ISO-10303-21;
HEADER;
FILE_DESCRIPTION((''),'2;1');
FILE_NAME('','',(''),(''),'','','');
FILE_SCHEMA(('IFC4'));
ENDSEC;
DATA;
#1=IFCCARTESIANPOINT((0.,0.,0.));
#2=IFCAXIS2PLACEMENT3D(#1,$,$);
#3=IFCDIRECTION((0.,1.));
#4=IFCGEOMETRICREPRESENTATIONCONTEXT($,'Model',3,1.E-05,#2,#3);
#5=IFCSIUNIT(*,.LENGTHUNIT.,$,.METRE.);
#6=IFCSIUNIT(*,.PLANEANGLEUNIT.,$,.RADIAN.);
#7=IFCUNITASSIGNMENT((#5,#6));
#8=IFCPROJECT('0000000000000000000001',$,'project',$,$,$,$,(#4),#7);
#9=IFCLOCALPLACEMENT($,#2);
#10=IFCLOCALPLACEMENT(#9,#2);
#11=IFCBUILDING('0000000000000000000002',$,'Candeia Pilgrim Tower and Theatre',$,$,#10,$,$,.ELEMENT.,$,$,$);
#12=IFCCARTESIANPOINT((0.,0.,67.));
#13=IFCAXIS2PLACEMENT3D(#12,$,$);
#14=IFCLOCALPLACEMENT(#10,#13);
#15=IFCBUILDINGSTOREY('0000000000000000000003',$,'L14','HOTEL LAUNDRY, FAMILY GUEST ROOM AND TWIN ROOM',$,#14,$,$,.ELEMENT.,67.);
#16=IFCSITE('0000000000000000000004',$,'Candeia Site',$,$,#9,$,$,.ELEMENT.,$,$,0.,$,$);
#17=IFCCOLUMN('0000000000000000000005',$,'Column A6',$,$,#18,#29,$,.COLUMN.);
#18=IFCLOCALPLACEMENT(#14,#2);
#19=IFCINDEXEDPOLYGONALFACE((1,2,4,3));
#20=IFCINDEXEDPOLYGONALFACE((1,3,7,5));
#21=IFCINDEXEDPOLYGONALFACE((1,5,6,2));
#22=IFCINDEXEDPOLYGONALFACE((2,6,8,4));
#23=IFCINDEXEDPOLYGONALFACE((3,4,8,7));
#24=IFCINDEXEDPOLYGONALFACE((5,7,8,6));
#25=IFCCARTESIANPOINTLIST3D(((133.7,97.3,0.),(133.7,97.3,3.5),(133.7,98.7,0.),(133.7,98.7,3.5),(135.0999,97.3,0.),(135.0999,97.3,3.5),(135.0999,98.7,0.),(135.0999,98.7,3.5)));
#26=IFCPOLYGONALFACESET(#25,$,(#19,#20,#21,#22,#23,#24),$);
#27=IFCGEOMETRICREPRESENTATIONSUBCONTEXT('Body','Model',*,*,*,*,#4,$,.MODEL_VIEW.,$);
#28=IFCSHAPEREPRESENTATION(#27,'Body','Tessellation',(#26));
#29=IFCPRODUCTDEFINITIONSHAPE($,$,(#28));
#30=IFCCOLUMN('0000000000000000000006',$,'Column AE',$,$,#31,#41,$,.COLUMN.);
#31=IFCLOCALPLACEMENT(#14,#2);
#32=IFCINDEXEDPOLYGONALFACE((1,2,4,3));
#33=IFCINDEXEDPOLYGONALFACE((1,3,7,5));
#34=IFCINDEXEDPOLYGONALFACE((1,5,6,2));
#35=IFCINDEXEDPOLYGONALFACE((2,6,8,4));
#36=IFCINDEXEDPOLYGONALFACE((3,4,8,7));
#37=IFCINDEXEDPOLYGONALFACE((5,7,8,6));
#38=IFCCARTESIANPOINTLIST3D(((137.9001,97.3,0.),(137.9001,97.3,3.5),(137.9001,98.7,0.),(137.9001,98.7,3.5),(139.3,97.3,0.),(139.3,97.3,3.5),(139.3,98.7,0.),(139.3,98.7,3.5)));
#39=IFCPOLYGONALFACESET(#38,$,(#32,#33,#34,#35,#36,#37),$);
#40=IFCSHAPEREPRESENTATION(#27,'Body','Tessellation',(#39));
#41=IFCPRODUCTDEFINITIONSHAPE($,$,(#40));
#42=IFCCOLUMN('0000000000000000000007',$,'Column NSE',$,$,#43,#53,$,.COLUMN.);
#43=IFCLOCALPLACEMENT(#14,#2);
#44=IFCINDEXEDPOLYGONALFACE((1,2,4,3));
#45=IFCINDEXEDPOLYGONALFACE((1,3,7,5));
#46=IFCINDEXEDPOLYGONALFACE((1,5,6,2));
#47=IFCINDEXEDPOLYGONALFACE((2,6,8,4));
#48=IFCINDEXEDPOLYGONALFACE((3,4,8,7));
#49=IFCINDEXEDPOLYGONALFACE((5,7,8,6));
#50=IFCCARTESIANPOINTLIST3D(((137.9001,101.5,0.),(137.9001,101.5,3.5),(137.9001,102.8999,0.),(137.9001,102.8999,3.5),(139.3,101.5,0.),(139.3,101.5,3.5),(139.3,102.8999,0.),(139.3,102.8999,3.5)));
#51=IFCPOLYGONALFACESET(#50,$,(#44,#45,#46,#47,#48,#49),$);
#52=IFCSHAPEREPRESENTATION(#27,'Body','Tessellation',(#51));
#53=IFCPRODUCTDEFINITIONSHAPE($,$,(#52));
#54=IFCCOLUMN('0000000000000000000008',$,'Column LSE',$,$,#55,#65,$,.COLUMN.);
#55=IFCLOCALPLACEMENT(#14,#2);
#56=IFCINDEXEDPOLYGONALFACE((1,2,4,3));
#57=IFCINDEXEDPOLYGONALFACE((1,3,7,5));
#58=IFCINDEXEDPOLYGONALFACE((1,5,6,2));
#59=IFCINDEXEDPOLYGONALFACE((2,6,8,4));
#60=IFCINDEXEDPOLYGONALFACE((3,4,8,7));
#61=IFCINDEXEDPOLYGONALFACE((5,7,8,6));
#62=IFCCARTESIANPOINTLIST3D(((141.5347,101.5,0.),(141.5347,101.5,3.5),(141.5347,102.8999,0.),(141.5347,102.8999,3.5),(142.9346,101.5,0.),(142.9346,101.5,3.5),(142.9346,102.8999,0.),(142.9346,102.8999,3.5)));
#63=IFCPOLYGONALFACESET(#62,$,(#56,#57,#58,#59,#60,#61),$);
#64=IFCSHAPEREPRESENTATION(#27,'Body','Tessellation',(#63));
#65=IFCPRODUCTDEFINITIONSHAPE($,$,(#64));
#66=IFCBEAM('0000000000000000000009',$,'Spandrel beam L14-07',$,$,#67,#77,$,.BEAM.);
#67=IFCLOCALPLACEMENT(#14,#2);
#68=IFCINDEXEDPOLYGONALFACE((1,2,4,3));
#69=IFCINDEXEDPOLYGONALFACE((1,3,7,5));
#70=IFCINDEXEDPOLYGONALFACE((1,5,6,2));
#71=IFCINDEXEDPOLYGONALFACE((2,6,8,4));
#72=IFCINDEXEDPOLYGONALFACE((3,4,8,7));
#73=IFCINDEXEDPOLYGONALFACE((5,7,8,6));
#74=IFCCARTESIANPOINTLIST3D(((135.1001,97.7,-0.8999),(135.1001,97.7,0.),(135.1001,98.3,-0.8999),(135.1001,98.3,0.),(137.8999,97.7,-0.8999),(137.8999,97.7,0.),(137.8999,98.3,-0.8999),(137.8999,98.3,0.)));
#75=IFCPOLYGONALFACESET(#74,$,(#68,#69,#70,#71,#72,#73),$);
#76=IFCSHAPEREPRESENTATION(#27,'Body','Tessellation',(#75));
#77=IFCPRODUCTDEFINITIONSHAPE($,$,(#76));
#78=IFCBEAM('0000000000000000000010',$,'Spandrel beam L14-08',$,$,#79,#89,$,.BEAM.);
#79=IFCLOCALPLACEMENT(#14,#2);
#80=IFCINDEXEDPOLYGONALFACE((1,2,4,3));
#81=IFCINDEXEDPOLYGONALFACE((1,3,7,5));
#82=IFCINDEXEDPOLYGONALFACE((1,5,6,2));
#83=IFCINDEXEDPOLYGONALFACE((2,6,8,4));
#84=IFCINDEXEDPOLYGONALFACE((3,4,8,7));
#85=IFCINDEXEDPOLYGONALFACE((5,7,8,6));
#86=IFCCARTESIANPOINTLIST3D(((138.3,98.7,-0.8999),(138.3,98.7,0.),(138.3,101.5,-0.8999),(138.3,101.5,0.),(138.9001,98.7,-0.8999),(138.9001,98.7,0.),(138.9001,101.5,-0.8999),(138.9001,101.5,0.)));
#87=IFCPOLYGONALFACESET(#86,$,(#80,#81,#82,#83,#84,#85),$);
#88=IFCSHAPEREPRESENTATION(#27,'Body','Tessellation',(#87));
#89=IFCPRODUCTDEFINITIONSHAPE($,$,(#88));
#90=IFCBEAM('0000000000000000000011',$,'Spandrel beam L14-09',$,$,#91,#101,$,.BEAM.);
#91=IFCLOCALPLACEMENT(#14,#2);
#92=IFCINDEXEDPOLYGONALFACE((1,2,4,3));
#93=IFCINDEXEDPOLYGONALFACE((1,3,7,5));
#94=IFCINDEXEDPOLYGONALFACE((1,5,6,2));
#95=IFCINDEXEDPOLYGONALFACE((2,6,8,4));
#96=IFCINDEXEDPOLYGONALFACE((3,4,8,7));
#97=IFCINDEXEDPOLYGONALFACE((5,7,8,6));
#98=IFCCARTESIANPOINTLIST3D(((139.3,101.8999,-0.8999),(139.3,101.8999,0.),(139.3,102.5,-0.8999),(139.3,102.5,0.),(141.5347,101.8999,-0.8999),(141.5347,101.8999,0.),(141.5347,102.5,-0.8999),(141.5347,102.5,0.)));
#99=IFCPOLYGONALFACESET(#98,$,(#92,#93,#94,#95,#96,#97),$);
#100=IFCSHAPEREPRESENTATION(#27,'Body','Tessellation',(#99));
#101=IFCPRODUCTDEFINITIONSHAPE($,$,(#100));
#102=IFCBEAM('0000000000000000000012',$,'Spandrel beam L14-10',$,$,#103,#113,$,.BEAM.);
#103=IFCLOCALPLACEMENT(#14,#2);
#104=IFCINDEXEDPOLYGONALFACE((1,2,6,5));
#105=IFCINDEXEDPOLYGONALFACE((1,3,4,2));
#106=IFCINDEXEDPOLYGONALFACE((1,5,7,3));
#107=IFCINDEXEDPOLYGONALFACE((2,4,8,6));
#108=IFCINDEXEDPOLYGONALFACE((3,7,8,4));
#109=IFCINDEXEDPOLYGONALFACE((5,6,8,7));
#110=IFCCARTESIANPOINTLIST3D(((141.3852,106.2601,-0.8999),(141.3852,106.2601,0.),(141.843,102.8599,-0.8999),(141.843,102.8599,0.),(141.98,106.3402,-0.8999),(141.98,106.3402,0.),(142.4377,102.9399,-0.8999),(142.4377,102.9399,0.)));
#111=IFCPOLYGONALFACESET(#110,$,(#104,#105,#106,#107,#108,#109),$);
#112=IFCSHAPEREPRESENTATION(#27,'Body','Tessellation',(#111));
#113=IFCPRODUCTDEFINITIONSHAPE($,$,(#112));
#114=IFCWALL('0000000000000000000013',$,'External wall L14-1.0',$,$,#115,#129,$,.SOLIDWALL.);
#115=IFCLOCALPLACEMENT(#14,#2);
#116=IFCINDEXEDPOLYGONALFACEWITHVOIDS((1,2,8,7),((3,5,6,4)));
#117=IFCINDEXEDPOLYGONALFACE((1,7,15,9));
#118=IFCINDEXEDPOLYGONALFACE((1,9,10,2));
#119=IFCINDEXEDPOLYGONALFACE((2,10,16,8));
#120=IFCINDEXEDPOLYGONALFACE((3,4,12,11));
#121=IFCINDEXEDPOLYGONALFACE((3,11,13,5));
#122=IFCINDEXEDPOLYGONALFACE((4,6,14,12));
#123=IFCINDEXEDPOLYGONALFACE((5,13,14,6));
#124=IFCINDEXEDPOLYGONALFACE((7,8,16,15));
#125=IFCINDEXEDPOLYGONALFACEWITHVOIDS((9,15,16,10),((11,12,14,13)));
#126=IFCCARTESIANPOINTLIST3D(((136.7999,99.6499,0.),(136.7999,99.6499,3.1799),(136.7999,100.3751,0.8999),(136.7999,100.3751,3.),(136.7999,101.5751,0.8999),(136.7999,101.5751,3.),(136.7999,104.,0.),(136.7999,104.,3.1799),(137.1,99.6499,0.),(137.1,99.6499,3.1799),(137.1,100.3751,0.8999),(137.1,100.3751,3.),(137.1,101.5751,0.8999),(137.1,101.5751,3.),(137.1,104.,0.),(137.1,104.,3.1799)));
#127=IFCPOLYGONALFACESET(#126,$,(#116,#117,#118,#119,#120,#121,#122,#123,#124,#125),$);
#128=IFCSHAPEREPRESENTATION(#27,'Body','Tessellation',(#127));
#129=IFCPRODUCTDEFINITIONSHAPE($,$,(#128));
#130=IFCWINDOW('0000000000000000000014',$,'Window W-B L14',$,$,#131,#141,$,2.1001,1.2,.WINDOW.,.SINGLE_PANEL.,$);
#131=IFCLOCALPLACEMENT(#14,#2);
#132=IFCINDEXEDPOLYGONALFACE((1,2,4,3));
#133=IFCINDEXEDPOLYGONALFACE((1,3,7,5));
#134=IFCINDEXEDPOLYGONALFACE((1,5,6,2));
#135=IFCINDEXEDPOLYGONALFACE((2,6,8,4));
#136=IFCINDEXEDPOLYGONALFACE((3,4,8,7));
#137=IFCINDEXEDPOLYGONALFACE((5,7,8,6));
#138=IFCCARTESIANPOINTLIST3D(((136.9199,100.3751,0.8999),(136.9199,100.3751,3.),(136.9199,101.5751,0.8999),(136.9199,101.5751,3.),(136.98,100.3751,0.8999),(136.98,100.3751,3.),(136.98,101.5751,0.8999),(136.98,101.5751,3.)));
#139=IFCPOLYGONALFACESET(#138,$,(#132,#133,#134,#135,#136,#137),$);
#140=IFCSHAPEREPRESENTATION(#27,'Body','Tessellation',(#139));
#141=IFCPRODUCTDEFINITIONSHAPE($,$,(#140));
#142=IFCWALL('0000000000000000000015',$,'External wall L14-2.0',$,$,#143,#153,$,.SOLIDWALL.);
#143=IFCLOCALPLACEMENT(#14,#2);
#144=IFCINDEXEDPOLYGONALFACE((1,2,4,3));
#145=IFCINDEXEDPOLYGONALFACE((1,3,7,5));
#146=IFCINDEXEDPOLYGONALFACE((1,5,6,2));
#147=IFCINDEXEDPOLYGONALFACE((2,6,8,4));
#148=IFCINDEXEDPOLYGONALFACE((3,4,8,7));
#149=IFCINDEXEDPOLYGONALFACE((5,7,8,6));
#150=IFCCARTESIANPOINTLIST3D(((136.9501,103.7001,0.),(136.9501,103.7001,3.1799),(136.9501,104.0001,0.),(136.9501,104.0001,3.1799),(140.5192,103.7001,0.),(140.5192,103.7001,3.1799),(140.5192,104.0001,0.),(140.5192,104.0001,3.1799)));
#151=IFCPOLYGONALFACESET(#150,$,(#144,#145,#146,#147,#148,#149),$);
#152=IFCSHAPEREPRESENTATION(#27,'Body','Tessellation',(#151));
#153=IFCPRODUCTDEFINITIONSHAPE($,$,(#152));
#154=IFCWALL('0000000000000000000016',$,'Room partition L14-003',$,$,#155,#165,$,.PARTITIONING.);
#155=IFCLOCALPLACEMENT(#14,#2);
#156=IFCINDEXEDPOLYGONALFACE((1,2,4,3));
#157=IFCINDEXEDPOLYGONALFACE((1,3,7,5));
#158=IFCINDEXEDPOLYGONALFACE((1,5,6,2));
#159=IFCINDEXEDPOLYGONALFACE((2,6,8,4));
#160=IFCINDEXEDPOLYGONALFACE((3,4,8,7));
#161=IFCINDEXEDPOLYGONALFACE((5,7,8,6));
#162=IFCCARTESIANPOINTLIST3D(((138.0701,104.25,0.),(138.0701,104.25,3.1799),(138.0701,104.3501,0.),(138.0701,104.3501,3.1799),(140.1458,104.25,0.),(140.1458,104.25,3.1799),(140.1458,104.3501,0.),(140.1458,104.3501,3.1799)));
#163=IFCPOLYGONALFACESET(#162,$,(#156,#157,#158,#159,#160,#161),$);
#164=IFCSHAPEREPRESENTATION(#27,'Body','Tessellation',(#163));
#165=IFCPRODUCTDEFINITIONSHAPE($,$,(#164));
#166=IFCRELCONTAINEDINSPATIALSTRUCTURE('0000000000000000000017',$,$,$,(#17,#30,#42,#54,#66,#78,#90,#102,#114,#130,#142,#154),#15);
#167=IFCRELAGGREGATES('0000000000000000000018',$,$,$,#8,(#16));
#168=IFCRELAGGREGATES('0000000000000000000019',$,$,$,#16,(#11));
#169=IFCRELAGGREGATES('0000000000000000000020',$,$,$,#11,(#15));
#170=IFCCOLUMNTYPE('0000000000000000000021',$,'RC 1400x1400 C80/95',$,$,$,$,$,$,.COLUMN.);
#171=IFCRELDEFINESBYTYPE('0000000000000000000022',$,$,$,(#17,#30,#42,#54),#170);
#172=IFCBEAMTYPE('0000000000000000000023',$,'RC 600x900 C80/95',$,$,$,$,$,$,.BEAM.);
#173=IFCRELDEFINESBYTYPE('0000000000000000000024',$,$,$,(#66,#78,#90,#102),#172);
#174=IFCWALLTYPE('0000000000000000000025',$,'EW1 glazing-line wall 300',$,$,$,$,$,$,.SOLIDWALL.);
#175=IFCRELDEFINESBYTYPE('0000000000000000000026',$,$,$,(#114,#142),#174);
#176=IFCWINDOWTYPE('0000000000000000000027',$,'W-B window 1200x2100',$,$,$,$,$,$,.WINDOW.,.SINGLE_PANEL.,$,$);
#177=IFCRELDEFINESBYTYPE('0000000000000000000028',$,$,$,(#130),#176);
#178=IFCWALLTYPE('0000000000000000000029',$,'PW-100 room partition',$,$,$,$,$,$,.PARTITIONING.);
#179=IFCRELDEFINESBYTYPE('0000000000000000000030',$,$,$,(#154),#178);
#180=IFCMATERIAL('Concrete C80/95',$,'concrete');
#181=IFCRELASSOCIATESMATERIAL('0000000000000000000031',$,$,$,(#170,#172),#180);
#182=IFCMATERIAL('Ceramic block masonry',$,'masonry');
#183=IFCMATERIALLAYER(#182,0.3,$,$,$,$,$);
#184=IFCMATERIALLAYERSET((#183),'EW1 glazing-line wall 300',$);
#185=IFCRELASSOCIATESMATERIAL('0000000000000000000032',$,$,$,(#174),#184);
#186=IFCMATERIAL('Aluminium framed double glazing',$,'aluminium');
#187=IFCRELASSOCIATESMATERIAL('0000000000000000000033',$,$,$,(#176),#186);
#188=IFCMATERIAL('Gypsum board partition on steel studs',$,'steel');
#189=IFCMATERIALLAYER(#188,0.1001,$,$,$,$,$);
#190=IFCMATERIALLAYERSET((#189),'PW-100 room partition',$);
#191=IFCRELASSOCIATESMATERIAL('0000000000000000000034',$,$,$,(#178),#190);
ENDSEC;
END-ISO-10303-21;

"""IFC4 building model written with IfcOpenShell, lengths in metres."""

from ifc_helpers import new_model, si_unit, direction, frame, frame_2d, origin, origin_2d, place, context, subcontext, project, spatial, rectangle, extrude, material, layer, layer_set, material_profile, profile_set, type_object, element, fill, save


model = new_model("IFC4")

# Units and contexts
model_context = context("Model", 3, precision=1e-05, world=origin(), true_north=direction((0.0, 1.0)))
body_context = subcontext(model_context, "Body", "Model", "MODEL_VIEW")
ifc_project = project(units=[si_unit("LENGTHUNIT", "METRE"), si_unit("PLANEANGLEUNIT", "RADIAN")], contexts=[model_context])

# Site, building, storey
site_placement = place(None, origin())
site = spatial("IfcSite", under=ifc_project, at=site_placement, Name="Candeia Site", CompositionType="ELEMENT", RefElevation=0.0)
building_placement = place(site_placement, origin())
building = spatial("IfcBuilding", under=site, at=building_placement, Name="Candeia Pilgrim Tower and Theatre", CompositionType="ELEMENT")
storey_placement = place(building_placement, frame((0.0, 0.0, 67.0)))
storey = spatial("IfcBuildingStorey", under=building, at=storey_placement, Name="L14", Description="HOTEL LAUNDRY, FAMILY GUEST ROOM AND TWIN ROOM", CompositionType="ELEMENT", Elevation=67.0)

# Columns
ifc_material_1 = material(Name="Concrete C80/95", Category="concrete")
ifc_material_profile_1 = material_profile(ifc_material_1, rectangle(XDim=1.3999, YDim=1.3999, at=origin_2d()))
ifc_profile_set_1 = profile_set([ifc_material_profile_1], Name="Concrete C80/95")
column_type = type_object("IfcColumnType", Name="RC 1400x1400 C80/95", PredefinedType="COLUMN", material=ifc_profile_set_1)
for number, where, z_axis, x_axis, name in (
    (1, (134.3999, 98.0, 0.0), (0.0, 0.0, 1.0), (1.0, 0.0, 0.0), "Column A6"),
    (2, (138.6001, 98.0, 0.0), (0.0, 0.0, 1.0), (1.0, 0.0, 0.0), "Column AE"),
    (3, (138.6001, 102.2, 0.0), (0.0, 0.0, 1.0), (1.0, 0.0, 0.0), "Column NSE"),
    (4, (142.2346, 102.2, 0.0), (0.0, 0.0, 1.0), (1.0, 0.0, 0.0), "Column LSE"),
):
    element("IfcColumn", number, at=place(storey_placement, frame(where, z_axis=z_axis, x_axis=x_axis)), inside=storey, type_object=column_type, Name=name, PredefinedType="COLUMN", context=body_context, shape_type="SweptSolid", body=[
        extrude(rectangle(XDim=1.3999, YDim=1.3999, at=origin_2d()), origin(), (0.0, 0.0, 1.0), 3.5),
    ])

# Beams
ifc_material_profile_2 = material_profile(ifc_material_1, rectangle(XDim=0.6001, YDim=0.8999, at=origin_2d()))
ifc_profile_set_2 = profile_set([ifc_material_profile_2], Name="Concrete C80/95")
beam_type = type_object("IfcBeamType", Name="RC 600x900 C80/95", PredefinedType="BEAM", material=ifc_profile_set_2)
beam_1_placement = place(storey_placement, frame((135.1001, 98.0, -0.45), z_axis=(1.0, 0.0, 0.0), x_axis=(0.0, 1.0, 0.0)))
element("IfcBeam", 5, at=beam_1_placement, inside=storey, type_object=beam_type, Name="Spandrel beam L14-07", PredefinedType="BEAM", context=body_context, shape_type="SweptSolid", body=[
    extrude(rectangle(XDim=0.6001, YDim=0.8999, at=origin_2d()), origin(), (0.0, 0.0, 1.0), 2.7998),
])
beam_2_placement = place(storey_placement, frame((138.6001, 98.7, -0.45), z_axis=(0.0, 1.0, 0.0), x_axis=(-1.0, 0.0, 0.0)))
element("IfcBeam", 6, at=beam_2_placement, inside=storey, type_object=beam_type, Name="Spandrel beam L14-08", PredefinedType="BEAM", context=body_context, shape_type="SweptSolid", body=[
    extrude(rectangle(XDim=0.6001, YDim=0.8999, at=origin_2d()), origin(), (0.0, 0.0, 1.0), 2.8),
])
beam_3_placement = place(storey_placement, frame((139.3, 102.2, -0.45), z_axis=(1.0, 0.0, 0.0), x_axis=(0.0, 1.0, 0.0)))
element("IfcBeam", 7, at=beam_3_placement, inside=storey, type_object=beam_type, Name="Spandrel beam L14-09", PredefinedType="BEAM", context=body_context, shape_type="SweptSolid", body=[
    extrude(rectangle(XDim=0.6001, YDim=0.8999, at=origin_2d()), origin(), (0.0, 0.0, 1.0), 2.2346),
])
beam_4_placement = place(storey_placement, frame((142.1404, 102.8999, -0.45), z_axis=(-0.133427, 0.991059, 0.0), x_axis=(-0.991059, -0.133427, 0.0)))
element("IfcBeam", 8, at=beam_4_placement, inside=storey, type_object=beam_type, Name="Spandrel beam L14-10", PredefinedType="BEAM", context=body_context, shape_type="SweptSolid", body=[
    extrude(rectangle(XDim=0.6001, YDim=0.8999, at=origin_2d()), origin(), (0.0, 0.0, 1.0), 3.4309),
])

# Wall, opening, window
ifc_material_2 = material(Name="Ceramic block masonry", Category="masonry")
ifc_layer_1 = layer(ifc_material_2, 0.3)
ifc_layer_set_1 = layer_set([ifc_layer_1], Name="EW1 glazing-line wall 300")
wall_type_1 = type_object("IfcWallType", Name="EW1 glazing-line wall 300", PredefinedType="SOLIDWALL", material=ifc_layer_set_1)
wall_1_placement = place(storey_placement, frame((136.95, 99.6499, 0.0), z_axis=(0.0, 0.0, 1.0), x_axis=(0.0, 1.0, 0.0)))
wall_1 = element("IfcWall", 9, at=wall_1_placement, inside=storey, type_object=wall_type_1, Name="External wall L14-1.0", PredefinedType="SOLIDWALL", context=body_context, shape_type="SweptSolid", body=[
    extrude(rectangle(XDim=4.3501, YDim=0.3, at=frame_2d((2.175, 0.0))), origin(), (0.0, 0.0, 1.0), 3.1799),
])
opening_1_placement = place(wall_1_placement, frame((0.7251, 0.0, 0.8999)))
opening_1 = element("IfcOpeningElement", 10, at=opening_1_placement, cuts=wall_1, PredefinedType="OPENING", context=body_context, shape_type="SweptSolid", body=[
    extrude(rectangle(XDim=1.2, YDim=2.1001, at=frame_2d((0.6001, 1.05))), frame((0.0, 0.1602, 0.0), z_axis=(0.0, -1.0, 0.0), x_axis=(1.0, 0.0, 0.0)), (0.0, 0.0, 1.0), 0.3201),
])
ifc_material_3 = material(Name="Aluminium framed double glazing", Category="aluminium")
window_type = type_object("IfcWindowType", Name="W-B window 1200x2100", PartitioningType="SINGLE_PANEL", PredefinedType="WINDOW", material=ifc_material_3)
window_1_placement = place(opening_1_placement, origin())
window_1 = element("IfcWindow", 11, at=window_1_placement, inside=storey, type_object=window_type, Name="Window W-B L14", OverallHeight=2.1001, OverallWidth=1.2, PartitioningType="SINGLE_PANEL", PredefinedType="WINDOW", context=body_context, shape_type="SweptSolid", body=[
    extrude(rectangle(XDim=1.2, YDim=2.1001, at=frame_2d((0.6001, 1.05))), frame((0.0, 0.03, 0.0), z_axis=(0.0, -1.0, 0.0), x_axis=(1.0, 0.0, 0.0)), (0.0, 0.0, 1.0), 0.0601),
])
fill(opening_1, window_1)

# Wall
wall_2_placement = place(storey_placement, frame((136.95, 103.8501, 0.0), z_axis=(0.0, 0.0, 1.0), x_axis=(1.0, 0.0, 0.0)))
element("IfcWall", 12, at=wall_2_placement, inside=storey, type_object=wall_type_1, Name="External wall L14-2.0", PredefinedType="SOLIDWALL", context=body_context, shape_type="SweptSolid", body=[
    extrude(rectangle(XDim=3.5691, YDim=0.3, at=frame_2d((1.7847, 0.0))), origin(), (0.0, 0.0, 1.0), 3.1799),
])

# Wall
ifc_material_4 = material(Name="Gypsum board partition on steel studs", Category="steel")
ifc_layer_2 = layer(ifc_material_4, 0.1001)
ifc_layer_set_2 = layer_set([ifc_layer_2], Name="PW-100 room partition")
wall_type_2 = type_object("IfcWallType", Name="PW-100 room partition", PredefinedType="PARTITIONING", material=ifc_layer_set_2)
wall_3_placement = place(storey_placement, frame((138.0701, 104.3, 0.0), z_axis=(0.0, 0.0, 1.0), x_axis=(1.0, 0.0, 0.0)))
element("IfcWall", 13, at=wall_3_placement, inside=storey, type_object=wall_type_2, Name="Room partition L14-003", PredefinedType="PARTITIONING", context=body_context, shape_type="SweptSolid", body=[
    extrude(rectangle(XDim=2.0757, YDim=0.1001, at=frame_2d((1.0378, 0.0))), origin(), (0.0, 0.0, 1.0), 3.1799),
])

save(model, "model.ifc")
